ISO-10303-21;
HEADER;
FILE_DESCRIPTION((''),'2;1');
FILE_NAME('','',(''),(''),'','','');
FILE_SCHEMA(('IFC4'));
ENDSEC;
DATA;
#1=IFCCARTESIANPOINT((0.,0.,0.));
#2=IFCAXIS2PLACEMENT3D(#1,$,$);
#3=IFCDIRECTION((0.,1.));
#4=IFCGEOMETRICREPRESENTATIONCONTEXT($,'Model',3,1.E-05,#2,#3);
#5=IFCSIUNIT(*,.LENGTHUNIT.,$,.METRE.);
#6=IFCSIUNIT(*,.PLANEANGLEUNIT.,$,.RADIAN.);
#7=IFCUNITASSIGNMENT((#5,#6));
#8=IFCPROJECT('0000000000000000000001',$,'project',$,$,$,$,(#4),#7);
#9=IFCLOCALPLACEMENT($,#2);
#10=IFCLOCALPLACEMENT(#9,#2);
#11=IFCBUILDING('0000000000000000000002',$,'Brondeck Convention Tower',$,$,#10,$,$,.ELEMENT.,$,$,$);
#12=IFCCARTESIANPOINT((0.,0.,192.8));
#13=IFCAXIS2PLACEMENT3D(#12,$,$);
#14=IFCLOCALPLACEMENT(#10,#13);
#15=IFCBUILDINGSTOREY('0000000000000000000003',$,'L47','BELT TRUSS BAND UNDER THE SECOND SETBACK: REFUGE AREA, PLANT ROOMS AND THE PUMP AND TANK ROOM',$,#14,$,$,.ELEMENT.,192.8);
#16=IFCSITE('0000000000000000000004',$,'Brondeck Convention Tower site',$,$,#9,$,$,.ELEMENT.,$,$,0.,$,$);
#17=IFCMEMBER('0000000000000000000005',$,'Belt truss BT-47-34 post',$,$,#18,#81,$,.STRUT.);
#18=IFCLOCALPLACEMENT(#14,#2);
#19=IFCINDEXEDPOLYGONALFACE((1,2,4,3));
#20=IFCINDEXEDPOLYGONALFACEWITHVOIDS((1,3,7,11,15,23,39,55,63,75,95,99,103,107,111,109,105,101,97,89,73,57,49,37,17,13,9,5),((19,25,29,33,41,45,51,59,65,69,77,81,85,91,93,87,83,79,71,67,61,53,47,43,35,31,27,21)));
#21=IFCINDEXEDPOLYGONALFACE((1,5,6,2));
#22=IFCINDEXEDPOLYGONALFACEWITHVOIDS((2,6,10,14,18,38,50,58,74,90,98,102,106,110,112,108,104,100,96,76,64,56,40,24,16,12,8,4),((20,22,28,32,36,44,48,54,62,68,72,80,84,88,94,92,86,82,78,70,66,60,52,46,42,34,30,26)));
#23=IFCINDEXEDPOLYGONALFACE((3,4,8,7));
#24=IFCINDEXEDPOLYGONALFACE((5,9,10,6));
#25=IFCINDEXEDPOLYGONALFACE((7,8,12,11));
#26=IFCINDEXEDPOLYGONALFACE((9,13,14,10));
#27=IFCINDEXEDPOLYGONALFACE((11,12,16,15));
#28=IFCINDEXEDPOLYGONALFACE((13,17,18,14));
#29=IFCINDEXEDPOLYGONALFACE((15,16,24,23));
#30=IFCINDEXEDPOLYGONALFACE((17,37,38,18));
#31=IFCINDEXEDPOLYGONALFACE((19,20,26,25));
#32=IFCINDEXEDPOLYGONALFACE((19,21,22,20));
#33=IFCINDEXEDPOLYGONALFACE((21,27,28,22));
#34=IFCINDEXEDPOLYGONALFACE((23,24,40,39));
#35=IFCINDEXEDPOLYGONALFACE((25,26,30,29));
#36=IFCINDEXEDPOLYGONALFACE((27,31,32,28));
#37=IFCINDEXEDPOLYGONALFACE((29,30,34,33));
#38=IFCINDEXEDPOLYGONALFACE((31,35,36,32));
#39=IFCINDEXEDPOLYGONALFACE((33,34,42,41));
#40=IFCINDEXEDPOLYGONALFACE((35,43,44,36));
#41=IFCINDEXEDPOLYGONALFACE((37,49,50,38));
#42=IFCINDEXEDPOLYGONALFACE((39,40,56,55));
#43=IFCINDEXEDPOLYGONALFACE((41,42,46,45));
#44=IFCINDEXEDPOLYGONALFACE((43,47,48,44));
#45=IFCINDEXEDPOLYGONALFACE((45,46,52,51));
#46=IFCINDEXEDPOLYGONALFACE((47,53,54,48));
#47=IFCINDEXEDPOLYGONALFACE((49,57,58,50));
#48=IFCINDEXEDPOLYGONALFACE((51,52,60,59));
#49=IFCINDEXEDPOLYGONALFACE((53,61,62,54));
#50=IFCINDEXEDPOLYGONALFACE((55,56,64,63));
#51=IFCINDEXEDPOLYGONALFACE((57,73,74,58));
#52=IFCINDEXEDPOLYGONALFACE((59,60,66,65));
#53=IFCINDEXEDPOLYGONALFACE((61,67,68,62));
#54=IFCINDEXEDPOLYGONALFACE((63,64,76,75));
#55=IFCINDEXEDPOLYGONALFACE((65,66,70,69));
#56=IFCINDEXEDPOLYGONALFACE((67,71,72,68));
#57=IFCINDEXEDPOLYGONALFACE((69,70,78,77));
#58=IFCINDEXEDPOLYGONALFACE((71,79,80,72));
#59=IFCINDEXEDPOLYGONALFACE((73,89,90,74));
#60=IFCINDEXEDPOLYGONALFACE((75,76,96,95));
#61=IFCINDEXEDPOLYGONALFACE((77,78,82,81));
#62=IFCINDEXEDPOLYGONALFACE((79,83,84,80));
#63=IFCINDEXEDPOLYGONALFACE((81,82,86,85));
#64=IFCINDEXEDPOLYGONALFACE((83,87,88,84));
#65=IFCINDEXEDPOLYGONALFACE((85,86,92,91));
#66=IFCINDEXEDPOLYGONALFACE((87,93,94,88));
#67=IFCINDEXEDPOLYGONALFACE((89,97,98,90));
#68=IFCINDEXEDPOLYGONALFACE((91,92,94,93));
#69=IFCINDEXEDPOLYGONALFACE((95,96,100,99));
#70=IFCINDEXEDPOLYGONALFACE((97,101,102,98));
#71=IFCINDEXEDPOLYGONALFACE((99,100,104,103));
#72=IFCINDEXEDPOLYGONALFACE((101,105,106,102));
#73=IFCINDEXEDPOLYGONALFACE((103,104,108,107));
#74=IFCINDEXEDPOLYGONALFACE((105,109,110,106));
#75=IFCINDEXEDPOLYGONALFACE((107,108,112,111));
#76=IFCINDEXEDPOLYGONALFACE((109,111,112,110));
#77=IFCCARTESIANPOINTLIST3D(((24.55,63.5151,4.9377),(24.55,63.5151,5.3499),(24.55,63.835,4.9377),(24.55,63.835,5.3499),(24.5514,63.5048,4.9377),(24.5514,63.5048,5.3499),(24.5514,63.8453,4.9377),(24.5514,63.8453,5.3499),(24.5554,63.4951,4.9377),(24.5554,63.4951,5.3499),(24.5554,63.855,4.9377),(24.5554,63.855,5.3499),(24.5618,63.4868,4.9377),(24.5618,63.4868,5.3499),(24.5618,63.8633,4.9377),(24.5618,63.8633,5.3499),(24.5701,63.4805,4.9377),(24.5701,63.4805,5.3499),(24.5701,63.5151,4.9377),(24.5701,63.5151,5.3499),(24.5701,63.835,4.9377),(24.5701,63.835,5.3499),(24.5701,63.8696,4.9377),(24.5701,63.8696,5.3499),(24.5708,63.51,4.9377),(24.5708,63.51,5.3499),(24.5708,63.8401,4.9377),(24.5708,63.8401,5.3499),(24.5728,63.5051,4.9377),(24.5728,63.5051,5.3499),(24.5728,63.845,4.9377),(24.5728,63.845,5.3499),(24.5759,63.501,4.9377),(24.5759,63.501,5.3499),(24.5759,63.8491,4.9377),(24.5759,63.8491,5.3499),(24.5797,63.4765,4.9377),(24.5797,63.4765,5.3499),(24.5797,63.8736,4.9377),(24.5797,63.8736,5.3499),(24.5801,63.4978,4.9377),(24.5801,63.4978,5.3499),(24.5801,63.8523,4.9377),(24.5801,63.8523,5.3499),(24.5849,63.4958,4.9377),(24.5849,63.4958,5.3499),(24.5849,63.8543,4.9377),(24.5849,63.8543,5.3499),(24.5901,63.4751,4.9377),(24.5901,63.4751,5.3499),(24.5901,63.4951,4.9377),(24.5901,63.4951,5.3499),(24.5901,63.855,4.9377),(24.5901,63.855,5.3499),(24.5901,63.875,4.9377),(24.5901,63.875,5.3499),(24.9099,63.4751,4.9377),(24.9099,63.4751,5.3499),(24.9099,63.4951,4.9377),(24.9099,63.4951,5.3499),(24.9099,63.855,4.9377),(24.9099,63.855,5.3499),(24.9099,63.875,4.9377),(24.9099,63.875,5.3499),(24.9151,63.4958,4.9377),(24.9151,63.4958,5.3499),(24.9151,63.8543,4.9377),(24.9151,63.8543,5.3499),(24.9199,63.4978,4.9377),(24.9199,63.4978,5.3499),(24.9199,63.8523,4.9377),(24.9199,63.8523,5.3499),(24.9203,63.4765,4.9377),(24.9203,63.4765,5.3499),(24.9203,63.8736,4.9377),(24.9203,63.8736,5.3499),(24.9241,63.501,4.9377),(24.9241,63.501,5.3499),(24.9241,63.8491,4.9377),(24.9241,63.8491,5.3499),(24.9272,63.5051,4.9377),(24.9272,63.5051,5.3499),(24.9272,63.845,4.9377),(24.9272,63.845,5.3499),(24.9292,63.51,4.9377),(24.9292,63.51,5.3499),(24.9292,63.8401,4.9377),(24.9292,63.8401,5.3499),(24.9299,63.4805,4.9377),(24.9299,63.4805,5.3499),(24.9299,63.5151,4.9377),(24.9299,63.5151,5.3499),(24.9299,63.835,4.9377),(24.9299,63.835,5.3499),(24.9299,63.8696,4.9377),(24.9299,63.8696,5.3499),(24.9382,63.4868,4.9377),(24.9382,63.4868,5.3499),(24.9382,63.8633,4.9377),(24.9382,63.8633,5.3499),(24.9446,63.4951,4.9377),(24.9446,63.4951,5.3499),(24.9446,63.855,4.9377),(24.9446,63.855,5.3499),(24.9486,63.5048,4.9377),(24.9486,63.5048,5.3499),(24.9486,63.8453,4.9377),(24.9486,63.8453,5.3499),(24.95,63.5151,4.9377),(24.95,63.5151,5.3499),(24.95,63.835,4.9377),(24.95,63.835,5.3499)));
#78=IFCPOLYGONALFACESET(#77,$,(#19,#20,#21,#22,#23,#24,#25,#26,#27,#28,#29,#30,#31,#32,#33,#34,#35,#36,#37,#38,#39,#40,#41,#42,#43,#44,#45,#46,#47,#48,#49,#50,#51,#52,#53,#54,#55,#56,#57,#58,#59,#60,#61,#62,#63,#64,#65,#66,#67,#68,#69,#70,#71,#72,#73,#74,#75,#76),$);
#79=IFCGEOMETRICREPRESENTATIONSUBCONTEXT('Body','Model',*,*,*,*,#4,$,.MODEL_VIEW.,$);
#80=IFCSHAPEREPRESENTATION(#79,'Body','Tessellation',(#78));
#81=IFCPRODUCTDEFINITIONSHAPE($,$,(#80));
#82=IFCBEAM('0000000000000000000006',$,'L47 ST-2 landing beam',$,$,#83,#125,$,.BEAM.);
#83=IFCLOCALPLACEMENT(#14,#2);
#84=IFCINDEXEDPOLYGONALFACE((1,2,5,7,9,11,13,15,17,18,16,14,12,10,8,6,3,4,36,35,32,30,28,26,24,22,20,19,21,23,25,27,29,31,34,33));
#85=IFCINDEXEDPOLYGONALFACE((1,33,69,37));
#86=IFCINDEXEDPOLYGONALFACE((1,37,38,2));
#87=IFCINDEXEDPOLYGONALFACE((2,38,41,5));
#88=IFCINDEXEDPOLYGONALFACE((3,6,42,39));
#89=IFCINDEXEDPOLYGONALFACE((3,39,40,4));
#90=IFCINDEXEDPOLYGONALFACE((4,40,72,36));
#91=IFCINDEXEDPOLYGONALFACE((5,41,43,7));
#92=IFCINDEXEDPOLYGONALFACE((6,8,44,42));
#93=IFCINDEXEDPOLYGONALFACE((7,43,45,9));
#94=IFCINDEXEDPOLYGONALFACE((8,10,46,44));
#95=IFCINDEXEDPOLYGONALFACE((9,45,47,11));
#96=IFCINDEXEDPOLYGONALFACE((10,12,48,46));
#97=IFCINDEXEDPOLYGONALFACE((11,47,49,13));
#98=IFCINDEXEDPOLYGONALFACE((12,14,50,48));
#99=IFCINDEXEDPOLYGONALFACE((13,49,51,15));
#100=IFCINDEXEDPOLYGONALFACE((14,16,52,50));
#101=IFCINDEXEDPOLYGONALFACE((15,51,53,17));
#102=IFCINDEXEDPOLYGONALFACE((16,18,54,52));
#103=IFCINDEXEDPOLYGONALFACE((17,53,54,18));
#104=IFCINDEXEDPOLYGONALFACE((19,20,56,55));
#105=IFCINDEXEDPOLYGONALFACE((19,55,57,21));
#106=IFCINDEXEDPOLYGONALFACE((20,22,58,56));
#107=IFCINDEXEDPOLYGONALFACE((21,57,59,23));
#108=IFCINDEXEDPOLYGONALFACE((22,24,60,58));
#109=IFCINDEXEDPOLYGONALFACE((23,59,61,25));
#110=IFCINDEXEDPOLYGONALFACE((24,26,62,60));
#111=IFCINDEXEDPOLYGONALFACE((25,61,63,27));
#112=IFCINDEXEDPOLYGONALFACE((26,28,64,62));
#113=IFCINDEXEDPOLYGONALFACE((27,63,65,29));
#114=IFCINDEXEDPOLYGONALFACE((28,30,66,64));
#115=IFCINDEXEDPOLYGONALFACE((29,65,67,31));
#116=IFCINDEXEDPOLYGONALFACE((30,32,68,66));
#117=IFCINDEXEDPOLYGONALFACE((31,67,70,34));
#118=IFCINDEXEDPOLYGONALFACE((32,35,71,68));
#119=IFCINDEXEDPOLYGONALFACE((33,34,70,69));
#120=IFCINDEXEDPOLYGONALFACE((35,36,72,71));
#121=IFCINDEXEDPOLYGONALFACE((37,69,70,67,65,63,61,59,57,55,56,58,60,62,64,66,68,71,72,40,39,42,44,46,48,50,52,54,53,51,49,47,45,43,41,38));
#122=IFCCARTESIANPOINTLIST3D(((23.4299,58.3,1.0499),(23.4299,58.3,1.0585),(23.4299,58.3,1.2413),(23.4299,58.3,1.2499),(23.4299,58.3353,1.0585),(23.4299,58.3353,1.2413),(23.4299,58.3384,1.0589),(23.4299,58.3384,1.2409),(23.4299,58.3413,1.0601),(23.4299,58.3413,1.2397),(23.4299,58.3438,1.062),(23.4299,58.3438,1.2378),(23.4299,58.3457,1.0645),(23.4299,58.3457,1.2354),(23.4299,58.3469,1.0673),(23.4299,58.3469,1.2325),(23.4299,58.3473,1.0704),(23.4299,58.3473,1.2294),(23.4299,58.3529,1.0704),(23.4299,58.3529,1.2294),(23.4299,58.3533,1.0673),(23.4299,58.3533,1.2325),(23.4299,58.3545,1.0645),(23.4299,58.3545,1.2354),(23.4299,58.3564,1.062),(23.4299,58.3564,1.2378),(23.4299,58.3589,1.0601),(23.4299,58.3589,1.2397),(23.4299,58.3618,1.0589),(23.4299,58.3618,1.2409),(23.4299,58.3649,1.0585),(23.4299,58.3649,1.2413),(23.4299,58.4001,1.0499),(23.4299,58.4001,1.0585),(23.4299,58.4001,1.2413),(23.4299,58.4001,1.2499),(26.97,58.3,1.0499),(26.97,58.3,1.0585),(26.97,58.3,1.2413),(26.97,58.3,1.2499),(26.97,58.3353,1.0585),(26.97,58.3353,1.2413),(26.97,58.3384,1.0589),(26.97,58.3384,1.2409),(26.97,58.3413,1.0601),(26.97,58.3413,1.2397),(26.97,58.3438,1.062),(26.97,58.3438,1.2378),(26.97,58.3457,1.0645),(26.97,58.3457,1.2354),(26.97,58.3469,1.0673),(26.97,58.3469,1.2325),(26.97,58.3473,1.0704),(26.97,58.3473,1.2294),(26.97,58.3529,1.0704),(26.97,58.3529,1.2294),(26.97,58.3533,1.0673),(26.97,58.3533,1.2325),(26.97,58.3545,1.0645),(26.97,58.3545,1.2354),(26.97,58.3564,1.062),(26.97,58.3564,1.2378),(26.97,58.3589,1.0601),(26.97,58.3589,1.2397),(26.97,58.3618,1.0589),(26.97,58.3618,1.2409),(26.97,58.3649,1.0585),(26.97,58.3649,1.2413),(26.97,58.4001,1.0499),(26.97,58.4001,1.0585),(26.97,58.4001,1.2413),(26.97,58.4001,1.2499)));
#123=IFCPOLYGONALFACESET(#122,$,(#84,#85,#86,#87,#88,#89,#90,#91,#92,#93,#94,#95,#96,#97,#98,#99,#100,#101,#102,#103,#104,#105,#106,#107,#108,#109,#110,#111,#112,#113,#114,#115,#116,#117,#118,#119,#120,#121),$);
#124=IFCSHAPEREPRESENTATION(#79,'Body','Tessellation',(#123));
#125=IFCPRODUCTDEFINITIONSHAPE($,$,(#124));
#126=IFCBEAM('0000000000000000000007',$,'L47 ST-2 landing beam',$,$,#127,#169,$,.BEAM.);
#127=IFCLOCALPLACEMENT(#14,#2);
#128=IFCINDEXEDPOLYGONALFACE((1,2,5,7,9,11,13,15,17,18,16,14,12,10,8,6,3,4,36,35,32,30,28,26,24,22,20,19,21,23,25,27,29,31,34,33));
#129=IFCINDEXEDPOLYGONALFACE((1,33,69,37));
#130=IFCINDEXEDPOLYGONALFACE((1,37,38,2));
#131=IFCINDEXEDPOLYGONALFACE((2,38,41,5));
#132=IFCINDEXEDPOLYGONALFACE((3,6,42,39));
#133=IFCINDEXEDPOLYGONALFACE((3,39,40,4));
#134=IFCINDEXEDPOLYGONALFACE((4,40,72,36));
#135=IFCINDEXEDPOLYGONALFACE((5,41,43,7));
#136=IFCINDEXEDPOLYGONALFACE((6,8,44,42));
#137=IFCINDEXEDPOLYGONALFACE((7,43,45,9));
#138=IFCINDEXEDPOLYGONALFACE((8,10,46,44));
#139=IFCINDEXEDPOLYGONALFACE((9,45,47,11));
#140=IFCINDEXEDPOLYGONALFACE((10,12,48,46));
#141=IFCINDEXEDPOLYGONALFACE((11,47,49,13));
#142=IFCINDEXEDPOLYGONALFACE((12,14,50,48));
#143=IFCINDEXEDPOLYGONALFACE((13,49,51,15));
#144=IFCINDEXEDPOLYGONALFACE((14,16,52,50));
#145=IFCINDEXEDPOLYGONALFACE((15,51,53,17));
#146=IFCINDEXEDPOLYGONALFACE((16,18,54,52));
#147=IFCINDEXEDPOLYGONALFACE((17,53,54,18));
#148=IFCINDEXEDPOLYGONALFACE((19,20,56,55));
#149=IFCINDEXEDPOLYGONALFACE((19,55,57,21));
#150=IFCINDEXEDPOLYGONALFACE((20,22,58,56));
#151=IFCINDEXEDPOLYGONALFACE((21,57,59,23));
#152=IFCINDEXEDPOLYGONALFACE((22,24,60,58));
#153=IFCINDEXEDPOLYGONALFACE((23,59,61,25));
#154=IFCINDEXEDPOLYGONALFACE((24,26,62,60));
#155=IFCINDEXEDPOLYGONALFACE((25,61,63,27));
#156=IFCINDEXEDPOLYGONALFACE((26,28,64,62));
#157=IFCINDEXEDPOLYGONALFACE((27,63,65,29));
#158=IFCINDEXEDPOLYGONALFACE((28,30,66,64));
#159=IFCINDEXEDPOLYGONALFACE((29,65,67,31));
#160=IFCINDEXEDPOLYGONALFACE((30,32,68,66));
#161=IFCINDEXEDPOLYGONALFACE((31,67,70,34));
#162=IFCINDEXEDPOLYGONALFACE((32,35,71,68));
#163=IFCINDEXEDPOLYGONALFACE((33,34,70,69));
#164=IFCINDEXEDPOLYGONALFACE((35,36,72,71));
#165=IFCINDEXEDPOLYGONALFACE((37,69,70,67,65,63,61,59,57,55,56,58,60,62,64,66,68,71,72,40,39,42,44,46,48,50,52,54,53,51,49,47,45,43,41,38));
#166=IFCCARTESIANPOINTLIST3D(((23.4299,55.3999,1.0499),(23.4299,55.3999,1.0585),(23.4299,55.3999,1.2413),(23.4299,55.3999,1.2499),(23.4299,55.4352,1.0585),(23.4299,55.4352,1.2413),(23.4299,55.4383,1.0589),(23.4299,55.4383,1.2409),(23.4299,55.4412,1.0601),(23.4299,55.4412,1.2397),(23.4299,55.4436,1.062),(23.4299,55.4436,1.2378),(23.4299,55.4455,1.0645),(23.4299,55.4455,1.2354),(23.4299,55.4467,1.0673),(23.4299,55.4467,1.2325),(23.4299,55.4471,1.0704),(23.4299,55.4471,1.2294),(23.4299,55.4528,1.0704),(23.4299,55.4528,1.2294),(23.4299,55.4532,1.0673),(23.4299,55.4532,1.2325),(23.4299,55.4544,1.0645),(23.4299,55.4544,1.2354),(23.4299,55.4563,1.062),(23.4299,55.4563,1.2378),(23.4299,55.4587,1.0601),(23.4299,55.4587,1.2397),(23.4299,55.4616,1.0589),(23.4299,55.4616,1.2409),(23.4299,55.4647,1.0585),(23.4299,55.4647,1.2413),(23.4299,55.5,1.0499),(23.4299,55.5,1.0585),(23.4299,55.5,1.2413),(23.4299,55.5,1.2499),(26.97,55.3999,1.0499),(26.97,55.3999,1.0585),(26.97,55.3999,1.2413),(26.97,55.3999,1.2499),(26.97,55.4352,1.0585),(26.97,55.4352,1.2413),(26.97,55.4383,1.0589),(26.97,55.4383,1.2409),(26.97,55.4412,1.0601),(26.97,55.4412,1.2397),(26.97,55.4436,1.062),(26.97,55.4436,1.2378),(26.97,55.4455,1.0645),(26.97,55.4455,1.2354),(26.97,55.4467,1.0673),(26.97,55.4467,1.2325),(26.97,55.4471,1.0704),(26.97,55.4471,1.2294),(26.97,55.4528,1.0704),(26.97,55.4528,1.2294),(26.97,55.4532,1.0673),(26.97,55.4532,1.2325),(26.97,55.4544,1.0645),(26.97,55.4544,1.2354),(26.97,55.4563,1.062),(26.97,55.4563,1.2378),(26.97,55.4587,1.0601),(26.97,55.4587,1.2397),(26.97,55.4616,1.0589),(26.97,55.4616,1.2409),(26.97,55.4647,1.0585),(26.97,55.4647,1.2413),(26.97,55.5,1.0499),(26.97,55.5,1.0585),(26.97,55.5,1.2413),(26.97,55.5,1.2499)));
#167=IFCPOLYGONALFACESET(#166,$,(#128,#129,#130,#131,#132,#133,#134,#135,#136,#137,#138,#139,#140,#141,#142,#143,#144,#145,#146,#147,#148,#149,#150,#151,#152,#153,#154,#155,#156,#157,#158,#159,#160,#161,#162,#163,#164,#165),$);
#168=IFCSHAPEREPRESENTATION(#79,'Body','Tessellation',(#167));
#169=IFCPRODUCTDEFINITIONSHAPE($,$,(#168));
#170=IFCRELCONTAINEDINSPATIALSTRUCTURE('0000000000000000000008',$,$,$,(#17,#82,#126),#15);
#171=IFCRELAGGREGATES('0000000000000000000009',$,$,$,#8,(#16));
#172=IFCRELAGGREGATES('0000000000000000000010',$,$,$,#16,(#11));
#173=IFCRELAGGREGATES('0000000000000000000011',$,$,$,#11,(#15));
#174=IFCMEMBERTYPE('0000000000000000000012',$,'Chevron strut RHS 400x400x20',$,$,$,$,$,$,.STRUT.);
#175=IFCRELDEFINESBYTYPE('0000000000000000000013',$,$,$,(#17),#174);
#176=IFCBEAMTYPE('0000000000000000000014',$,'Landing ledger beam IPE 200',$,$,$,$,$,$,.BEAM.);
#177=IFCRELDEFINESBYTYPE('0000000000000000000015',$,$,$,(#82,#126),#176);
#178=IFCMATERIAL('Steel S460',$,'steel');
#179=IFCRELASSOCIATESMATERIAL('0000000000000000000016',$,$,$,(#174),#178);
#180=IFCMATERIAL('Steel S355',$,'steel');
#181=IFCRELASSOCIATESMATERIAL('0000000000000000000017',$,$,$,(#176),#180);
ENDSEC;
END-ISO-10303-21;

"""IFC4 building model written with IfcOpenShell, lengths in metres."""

from ifc_helpers import new_model, si_unit, direction, frame, origin, origin_2d, place, context, subcontext, project, spatial, hollow_rectangle, i_section, extrude, material, material_profile, profile_set, type_object, element, save


model = new_model("IFC4")

# Units and contexts
model_context = context("Model", 3, precision=1e-05, world=origin(), true_north=direction((0.0, 1.0)))
body_context = subcontext(model_context, "Body", "Model", "MODEL_VIEW")
ifc_project = project(units=[si_unit("LENGTHUNIT", "METRE"), si_unit("PLANEANGLEUNIT", "RADIAN")], contexts=[model_context])

# Site, building, storey
site_placement = place(None, origin())
site = spatial("IfcSite", under=ifc_project, at=site_placement, Name="Brondeck Convention Tower site", CompositionType="ELEMENT", RefElevation=0.0)
building_placement = place(site_placement, origin())
building = spatial("IfcBuilding", under=site, at=building_placement, Name="Brondeck Convention Tower", CompositionType="ELEMENT")
storey_placement = place(building_placement, frame((0.0, 0.0, 192.8)))
storey = spatial("IfcBuildingStorey", under=building, at=storey_placement, Name="L47", Description="BELT TRUSS BAND UNDER THE SECOND SETBACK: REFUGE AREA, PLANT ROOMS AND THE PUMP AND TANK ROOM", CompositionType="ELEMENT", Elevation=192.8)

# Member
ifc_material_1 = material(Name="Steel S460", Category="steel")
ifc_material_profile_1 = material_profile(ifc_material_1, hollow_rectangle(XDim=0.3999, YDim=0.3999, WallThickness=0.02, InnerFilletRadius=0.02, OuterFilletRadius=0.04, at=origin_2d()), Name="RHS 400x400x20")
ifc_profile_set_1 = profile_set([ifc_material_profile_1], Name="Steel S460")
member_type_1 = type_object("IfcMemberType", Name="Chevron strut RHS 400x400x20", PredefinedType="STRUT", material=ifc_profile_set_1)
member_1_placement = place(storey_placement, frame((24.75, 63.675, 4.9377), z_axis=(0.0, 0.0, 1.0), x_axis=(1.0, 0.0, 0.0)))
element("IfcMember", 1, at=member_1_placement, inside=storey, type_object=member_type_1, Name="Belt truss BT-47-34 post", PredefinedType="STRUT", context=body_context, shape_type="SweptSolid", body=[
    extrude(hollow_rectangle(XDim=0.3999, YDim=0.3999, WallThickness=0.02, InnerFilletRadius=0.02, OuterFilletRadius=0.04, at=origin_2d()), origin(), (0.0, 0.0, 1.0), 0.4121),
])

# Beams
ifc_material_2 = material(Name="Steel S355", Category="steel")
ifc_material_profile_2 = material_profile(ifc_material_2, i_section(OverallWidth=0.1001, OverallDepth=0.2, WebThickness=0.0056, FlangeThickness=0.0085, FilletRadius=0.012, at=origin_2d()), Name="IPE200")
ifc_profile_set_2 = profile_set([ifc_material_profile_2], Name="Steel S355")
beam_type_1 = type_object("IfcBeamType", Name="Landing ledger beam IPE 200", PredefinedType="BEAM", material=ifc_profile_set_2)
for number, where, z_axis, x_axis, name in (
    (2, (23.4299, 58.3501, 1.1499), (1.0, 0.0, 0.0), (0.0, 1.0, 0.0), "L47 ST-2 landing beam"),
    (3, (23.4299, 55.45, 1.1499), (1.0, 0.0, 0.0), (0.0, 1.0, 0.0), "L47 ST-2 landing beam"),
):
    element("IfcBeam", number, at=place(storey_placement, frame(where, z_axis=z_axis, x_axis=x_axis)), inside=storey, type_object=beam_type_1, Name=name, PredefinedType="BEAM", context=body_context, shape_type="SweptSolid", body=[
        extrude(i_section(OverallWidth=0.1001, OverallDepth=0.2, WebThickness=0.0056, FlangeThickness=0.0085, FilletRadius=0.012, at=origin_2d()), origin(), (0.0, 0.0, 1.0), 3.54),
    ])

save(model, "model.ifc")
